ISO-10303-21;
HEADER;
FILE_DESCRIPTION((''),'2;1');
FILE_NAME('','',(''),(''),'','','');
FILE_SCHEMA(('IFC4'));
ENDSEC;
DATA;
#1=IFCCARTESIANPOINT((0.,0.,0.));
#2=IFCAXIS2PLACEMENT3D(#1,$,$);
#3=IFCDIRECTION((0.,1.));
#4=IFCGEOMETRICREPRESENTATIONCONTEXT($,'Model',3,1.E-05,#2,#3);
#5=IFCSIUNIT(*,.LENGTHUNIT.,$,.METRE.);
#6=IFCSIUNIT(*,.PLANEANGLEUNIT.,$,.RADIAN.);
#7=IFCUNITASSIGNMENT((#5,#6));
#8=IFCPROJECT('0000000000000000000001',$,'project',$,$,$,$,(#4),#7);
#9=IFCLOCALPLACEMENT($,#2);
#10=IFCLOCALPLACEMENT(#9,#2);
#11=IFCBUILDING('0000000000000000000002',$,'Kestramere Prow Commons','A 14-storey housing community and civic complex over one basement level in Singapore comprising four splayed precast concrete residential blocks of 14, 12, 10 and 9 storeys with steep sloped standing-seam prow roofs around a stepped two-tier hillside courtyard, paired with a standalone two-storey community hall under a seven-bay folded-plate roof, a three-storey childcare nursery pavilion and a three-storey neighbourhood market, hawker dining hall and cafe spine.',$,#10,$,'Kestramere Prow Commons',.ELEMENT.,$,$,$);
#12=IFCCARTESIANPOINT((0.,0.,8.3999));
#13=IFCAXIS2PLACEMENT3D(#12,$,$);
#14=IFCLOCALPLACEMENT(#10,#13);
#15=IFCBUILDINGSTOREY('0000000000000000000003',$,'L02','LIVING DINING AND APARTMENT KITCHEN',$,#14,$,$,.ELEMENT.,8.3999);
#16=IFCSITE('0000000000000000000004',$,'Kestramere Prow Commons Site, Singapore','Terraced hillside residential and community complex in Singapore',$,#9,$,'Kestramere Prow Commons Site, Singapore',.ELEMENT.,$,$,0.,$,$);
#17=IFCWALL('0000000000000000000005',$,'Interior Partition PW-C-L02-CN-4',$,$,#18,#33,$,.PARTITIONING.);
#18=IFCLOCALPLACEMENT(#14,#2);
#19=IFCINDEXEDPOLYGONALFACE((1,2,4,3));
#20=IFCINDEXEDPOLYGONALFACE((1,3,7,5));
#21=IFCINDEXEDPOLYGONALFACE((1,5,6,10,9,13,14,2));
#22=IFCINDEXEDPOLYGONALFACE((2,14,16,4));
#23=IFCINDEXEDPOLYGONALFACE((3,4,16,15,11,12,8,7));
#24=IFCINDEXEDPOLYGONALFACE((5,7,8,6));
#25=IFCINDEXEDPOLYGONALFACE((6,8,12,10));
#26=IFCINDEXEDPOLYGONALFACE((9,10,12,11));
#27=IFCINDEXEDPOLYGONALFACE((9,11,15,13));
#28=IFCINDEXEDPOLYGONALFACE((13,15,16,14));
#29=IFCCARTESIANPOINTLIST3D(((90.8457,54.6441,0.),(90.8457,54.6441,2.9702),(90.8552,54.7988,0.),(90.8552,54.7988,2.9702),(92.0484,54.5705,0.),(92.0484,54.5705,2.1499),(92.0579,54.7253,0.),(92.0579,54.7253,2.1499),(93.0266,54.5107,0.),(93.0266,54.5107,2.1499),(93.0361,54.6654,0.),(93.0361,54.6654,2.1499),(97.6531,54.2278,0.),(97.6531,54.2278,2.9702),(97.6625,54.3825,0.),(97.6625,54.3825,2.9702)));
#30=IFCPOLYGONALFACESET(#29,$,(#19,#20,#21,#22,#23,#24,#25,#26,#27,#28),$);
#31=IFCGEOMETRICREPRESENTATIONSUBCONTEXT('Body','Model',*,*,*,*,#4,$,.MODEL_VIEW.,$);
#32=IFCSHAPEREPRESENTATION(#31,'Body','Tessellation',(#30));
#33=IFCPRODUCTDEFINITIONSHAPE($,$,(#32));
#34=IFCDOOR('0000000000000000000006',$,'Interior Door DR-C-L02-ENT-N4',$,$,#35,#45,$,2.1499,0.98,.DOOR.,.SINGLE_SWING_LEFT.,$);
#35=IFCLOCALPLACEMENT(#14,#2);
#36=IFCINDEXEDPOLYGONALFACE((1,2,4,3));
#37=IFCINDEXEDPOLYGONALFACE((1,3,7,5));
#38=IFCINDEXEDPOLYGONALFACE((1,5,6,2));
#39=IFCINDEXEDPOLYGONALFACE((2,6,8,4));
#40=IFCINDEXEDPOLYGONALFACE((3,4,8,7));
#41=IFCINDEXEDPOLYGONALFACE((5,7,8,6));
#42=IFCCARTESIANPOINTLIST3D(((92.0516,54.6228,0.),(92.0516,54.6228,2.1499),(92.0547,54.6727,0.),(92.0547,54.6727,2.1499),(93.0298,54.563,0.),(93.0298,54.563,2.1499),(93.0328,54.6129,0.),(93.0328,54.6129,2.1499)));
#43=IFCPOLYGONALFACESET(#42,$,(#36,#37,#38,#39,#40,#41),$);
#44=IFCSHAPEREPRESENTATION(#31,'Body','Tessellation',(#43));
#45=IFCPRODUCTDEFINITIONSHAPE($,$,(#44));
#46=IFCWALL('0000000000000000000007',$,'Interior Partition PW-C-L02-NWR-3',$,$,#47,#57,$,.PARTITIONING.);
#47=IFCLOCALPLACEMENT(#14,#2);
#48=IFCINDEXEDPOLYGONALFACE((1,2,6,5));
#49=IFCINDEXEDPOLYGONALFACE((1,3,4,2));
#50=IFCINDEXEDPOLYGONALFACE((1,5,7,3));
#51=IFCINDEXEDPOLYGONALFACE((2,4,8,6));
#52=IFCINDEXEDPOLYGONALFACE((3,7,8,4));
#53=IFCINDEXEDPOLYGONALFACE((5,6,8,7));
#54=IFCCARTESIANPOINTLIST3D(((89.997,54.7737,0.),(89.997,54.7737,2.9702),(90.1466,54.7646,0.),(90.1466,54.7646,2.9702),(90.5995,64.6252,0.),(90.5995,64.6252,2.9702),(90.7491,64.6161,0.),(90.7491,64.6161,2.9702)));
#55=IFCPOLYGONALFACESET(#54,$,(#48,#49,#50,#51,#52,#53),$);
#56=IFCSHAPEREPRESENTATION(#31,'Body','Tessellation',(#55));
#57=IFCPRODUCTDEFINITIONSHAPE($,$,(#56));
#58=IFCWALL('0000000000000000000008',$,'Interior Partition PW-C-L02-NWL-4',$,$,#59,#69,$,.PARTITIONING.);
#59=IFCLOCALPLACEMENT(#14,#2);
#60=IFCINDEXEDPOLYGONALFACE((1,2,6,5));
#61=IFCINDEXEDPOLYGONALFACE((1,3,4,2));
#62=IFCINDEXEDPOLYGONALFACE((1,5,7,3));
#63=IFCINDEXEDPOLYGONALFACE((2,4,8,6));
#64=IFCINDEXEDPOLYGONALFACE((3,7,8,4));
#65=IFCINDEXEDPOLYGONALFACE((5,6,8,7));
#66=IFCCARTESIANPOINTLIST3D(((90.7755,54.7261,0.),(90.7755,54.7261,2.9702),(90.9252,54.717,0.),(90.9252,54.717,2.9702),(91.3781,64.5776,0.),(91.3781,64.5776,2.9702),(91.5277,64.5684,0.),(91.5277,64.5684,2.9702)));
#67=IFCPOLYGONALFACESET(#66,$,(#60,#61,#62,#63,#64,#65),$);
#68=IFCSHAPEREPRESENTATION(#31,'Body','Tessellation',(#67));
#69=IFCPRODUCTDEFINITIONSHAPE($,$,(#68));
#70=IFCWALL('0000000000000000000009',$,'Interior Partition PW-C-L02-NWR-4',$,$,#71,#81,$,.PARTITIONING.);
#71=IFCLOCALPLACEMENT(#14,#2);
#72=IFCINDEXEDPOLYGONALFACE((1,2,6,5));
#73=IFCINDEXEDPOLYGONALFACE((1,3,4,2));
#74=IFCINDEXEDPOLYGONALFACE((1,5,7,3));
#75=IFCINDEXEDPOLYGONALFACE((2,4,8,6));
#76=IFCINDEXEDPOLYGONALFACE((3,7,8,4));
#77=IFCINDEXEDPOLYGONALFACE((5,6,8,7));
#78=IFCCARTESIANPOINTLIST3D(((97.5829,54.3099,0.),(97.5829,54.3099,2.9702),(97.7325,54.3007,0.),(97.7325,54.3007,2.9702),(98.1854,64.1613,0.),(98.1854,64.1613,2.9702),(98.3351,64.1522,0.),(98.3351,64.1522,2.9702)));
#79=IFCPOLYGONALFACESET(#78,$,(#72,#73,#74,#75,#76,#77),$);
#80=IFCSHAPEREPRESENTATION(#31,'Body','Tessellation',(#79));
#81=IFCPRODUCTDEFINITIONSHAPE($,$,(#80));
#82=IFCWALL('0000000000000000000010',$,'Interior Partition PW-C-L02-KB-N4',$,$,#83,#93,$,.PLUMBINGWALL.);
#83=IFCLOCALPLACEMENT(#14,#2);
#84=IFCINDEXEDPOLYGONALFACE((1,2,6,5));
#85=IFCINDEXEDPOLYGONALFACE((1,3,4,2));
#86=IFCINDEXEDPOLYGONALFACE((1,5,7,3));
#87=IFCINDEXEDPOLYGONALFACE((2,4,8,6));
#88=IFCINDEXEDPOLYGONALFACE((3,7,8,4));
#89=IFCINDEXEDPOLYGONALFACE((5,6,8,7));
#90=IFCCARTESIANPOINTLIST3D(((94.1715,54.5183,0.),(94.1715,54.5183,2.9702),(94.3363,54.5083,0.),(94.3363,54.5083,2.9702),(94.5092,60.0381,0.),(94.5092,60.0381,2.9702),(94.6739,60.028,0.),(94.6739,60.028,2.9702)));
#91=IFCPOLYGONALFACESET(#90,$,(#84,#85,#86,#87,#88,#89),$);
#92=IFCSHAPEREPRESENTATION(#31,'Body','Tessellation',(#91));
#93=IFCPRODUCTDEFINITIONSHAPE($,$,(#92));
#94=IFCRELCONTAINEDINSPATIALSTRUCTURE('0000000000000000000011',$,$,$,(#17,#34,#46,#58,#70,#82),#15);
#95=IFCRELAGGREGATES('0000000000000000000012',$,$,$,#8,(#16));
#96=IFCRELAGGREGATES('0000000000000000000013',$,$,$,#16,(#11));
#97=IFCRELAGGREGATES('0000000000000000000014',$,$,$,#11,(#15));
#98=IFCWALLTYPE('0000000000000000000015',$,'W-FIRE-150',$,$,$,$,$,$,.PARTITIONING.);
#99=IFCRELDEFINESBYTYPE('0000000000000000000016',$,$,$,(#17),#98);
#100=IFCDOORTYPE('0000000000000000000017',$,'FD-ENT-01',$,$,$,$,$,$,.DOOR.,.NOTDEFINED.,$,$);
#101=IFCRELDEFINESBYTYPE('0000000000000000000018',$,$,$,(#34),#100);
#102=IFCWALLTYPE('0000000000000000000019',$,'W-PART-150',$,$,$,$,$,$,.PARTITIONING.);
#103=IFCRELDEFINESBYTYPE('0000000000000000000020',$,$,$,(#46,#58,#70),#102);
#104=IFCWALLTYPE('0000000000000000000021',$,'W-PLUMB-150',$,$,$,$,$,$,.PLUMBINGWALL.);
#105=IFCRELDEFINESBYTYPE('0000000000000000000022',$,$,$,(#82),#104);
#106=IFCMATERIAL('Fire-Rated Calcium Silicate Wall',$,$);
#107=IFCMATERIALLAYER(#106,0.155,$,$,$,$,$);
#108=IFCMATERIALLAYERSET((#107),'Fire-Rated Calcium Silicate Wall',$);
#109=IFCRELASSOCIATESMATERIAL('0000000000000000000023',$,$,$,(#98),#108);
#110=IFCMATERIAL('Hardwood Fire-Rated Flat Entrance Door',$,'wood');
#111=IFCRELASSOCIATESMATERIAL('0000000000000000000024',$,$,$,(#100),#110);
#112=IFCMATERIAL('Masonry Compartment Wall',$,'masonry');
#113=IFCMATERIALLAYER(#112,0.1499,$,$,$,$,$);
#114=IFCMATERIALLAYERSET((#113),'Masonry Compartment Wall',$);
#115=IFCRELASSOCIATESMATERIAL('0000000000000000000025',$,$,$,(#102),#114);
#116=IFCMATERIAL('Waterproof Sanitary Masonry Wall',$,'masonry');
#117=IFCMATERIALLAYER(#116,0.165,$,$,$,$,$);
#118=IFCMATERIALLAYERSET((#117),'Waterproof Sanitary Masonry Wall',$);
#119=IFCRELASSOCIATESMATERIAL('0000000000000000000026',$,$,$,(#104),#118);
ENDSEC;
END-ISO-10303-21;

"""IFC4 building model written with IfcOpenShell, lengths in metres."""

from ifc_helpers import new_model, si_unit, direction, frame, frame_2d, origin, place, context, subcontext, project, spatial, rectangle, extrude, material, layer, layer_set, type_object, element, fill, save


model = new_model("IFC4")

# Units and contexts
model_context = context("Model", 3, precision=1e-05, world=origin(), true_north=direction((0.0, 1.0)))
body_context = subcontext(model_context, "Body", "Model", "MODEL_VIEW")
ifc_project = project(units=[si_unit("LENGTHUNIT", "METRE"), si_unit("PLANEANGLEUNIT", "RADIAN")], contexts=[model_context])

# Site, building, storey
site_placement = place(None, origin())
site = spatial("IfcSite", under=ifc_project, at=site_placement, Name="Kestramere Prow Commons Site, Singapore", Description="Terraced hillside residential and community complex in Singapore", LongName="Kestramere Prow Commons Site, Singapore", CompositionType="ELEMENT", RefElevation=0.0)
building_placement = place(site_placement, origin())
building = spatial("IfcBuilding", under=site, at=building_placement, Name="Kestramere Prow Commons", Description="A 14-storey housing community and civic complex over one basement level in Singapore comprising four splayed precast concrete residential blocks of 14, 12, 10 and 9 storeys with steep sloped standing-seam prow roofs around a stepped two-tier hillside courtyard, paired with a standalone two-storey community hall under a seven-bay folded-plate roof, a three-storey childcare nursery pavilion and a three-storey neighbourhood market, hawker dining hall and cafe spine.", LongName="Kestramere Prow Commons", CompositionType="ELEMENT")
storey_placement = place(building_placement, frame((0.0, 0.0, 8.3999)))
storey = spatial("IfcBuildingStorey", under=building, at=storey_placement, Name="L02", Description="LIVING DINING AND APARTMENT KITCHEN", CompositionType="ELEMENT", Elevation=8.3999)

# Wall, opening, door
ifc_material_1 = material(Name="Fire-Rated Calcium Silicate Wall")
ifc_layer_1 = layer(ifc_material_1, 0.155)
ifc_layer_set_1 = layer_set([ifc_layer_1], Name="Fire-Rated Calcium Silicate Wall")
wall_type_1 = type_object("IfcWallType", Name="W-FIRE-150", PredefinedType="PARTITIONING", material=ifc_layer_set_1)
ifc_material_2 = material(Name="Hardwood Fire-Rated Flat Entrance Door", Category="wood")
door_type = type_object("IfcDoorType", Name="FD-ENT-01", OperationType="NOTDEFINED", PredefinedType="DOOR", material=ifc_material_2)
wall_1_placement = place(storey_placement, frame((90.8503, 54.7214, 0.0), z_axis=(0.0, 0.0, 1.0), x_axis=(0.998136, -0.061034, 0.0)))
wall_1 = element("IfcWall", 1, at=wall_1_placement, inside=storey, type_object=wall_type_1, Name="Interior Partition PW-C-L02-CN-4", PredefinedType="PARTITIONING", context=body_context, shape_type="SweptSolid", body=[
    extrude(rectangle(XDim=6.8201, YDim=0.155, at=frame_2d((3.4102, 0.0))), origin(), (0.0, 0.0, 1.0), 2.9702),
])
opening_1_placement = place(wall_1_placement, frame((1.2051, 0.0, 0.0)))
opening_1 = element("IfcOpeningElement", 2, at=opening_1_placement, cuts=wall_1, PredefinedType="OPENING", context=body_context, shape_type="SweptSolid", body=[
    extrude(rectangle(XDim=0.98, YDim=2.1499, at=frame_2d((0.49, 1.075))), frame((0.0, 0.0925, 0.0), z_axis=(0.0, -1.0, 0.0), x_axis=(1.0, 0.0, 0.0)), (0.0, 0.0, 1.0), 0.1851),
])
door_1_placement = place(opening_1_placement, origin())
door_1 = element("IfcDoor", 3, at=door_1_placement, inside=storey, type_object=door_type, Name="Interior Door DR-C-L02-ENT-N4", OperationType="SINGLE_SWING_LEFT", OverallHeight=2.1499, OverallWidth=0.98, PredefinedType="DOOR", context=body_context, shape_type="SweptSolid", body=[
    extrude(rectangle(XDim=0.98, YDim=2.1499, at=frame_2d((0.49, 1.075))), frame((0.0, 0.0249, 0.0), z_axis=(0.0, -1.0, 0.0), x_axis=(1.0, 0.0, 0.0)), (0.0, 0.0, 1.0), 0.05),
])
fill(opening_1, door_1)

# Walls
ifc_material_3 = material(Name="Masonry Compartment Wall", Category="masonry")
ifc_layer_2 = layer(ifc_material_3, 0.1499)
ifc_layer_set_2 = layer_set([ifc_layer_2], Name="Masonry Compartment Wall")
wall_type_2 = type_object("IfcWallType", Name="W-PART-150", PredefinedType="PARTITIONING", material=ifc_layer_set_2)
for number, where, z_axis, x_axis, name in (
    (4, (90.0718, 54.769, 0.0), (0.0, 0.0, 1.0), (0.061048, 0.998135, 0.0), "Interior Partition PW-C-L02-NWR-3"),
    (5, (90.8503, 54.7214, 0.0), (0.0, 0.0, 1.0), (0.061048, 0.998135, 0.0), "Interior Partition PW-C-L02-NWL-4"),
    (6, (97.6577, 54.3052, 0.0), (0.0, 0.0, 1.0), (0.061048, 0.998135, 0.0), "Interior Partition PW-C-L02-NWR-4"),
):
    element("IfcWall", number, at=place(storey_placement, frame(where, z_axis=z_axis, x_axis=x_axis)), inside=storey, type_object=wall_type_2, Name=name, PredefinedType="PARTITIONING", context=body_context, shape_type="SweptSolid", body=[
        extrude(rectangle(XDim=9.8699, YDim=0.1499, at=frame_2d((4.9351, 0.0))), origin(), (0.0, 0.0, 1.0), 2.9702),
    ])
ifc_material_4 = material(Name="Waterproof Sanitary Masonry Wall", Category="masonry")
ifc_layer_3 = layer(ifc_material_4, 0.165)
ifc_layer_set_3 = layer_set([ifc_layer_3], Name="Waterproof Sanitary Masonry Wall")
wall_type_3 = type_object("IfcWallType", Name="W-PLUMB-150", PredefinedType="PLUMBINGWALL", material=ifc_layer_set_3)
wall_2_placement = place(storey_placement, frame((94.2539, 54.5132, 0.0), z_axis=(0.0, 0.0, 1.0), x_axis=(0.061056, 0.998134, 0.0)))
element("IfcWall", 7, at=wall_2_placement, inside=storey, type_object=wall_type_3, Name="Interior Partition PW-C-L02-KB-N4", PredefinedType="PLUMBINGWALL", context=body_context, shape_type="SweptSolid", body=[
    extrude(rectangle(XDim=5.53, YDim=0.165, at=frame_2d((2.7651, 0.0))), origin(), (0.0, 0.0, 1.0), 2.9702),
])

save(model, "model.ifc")
